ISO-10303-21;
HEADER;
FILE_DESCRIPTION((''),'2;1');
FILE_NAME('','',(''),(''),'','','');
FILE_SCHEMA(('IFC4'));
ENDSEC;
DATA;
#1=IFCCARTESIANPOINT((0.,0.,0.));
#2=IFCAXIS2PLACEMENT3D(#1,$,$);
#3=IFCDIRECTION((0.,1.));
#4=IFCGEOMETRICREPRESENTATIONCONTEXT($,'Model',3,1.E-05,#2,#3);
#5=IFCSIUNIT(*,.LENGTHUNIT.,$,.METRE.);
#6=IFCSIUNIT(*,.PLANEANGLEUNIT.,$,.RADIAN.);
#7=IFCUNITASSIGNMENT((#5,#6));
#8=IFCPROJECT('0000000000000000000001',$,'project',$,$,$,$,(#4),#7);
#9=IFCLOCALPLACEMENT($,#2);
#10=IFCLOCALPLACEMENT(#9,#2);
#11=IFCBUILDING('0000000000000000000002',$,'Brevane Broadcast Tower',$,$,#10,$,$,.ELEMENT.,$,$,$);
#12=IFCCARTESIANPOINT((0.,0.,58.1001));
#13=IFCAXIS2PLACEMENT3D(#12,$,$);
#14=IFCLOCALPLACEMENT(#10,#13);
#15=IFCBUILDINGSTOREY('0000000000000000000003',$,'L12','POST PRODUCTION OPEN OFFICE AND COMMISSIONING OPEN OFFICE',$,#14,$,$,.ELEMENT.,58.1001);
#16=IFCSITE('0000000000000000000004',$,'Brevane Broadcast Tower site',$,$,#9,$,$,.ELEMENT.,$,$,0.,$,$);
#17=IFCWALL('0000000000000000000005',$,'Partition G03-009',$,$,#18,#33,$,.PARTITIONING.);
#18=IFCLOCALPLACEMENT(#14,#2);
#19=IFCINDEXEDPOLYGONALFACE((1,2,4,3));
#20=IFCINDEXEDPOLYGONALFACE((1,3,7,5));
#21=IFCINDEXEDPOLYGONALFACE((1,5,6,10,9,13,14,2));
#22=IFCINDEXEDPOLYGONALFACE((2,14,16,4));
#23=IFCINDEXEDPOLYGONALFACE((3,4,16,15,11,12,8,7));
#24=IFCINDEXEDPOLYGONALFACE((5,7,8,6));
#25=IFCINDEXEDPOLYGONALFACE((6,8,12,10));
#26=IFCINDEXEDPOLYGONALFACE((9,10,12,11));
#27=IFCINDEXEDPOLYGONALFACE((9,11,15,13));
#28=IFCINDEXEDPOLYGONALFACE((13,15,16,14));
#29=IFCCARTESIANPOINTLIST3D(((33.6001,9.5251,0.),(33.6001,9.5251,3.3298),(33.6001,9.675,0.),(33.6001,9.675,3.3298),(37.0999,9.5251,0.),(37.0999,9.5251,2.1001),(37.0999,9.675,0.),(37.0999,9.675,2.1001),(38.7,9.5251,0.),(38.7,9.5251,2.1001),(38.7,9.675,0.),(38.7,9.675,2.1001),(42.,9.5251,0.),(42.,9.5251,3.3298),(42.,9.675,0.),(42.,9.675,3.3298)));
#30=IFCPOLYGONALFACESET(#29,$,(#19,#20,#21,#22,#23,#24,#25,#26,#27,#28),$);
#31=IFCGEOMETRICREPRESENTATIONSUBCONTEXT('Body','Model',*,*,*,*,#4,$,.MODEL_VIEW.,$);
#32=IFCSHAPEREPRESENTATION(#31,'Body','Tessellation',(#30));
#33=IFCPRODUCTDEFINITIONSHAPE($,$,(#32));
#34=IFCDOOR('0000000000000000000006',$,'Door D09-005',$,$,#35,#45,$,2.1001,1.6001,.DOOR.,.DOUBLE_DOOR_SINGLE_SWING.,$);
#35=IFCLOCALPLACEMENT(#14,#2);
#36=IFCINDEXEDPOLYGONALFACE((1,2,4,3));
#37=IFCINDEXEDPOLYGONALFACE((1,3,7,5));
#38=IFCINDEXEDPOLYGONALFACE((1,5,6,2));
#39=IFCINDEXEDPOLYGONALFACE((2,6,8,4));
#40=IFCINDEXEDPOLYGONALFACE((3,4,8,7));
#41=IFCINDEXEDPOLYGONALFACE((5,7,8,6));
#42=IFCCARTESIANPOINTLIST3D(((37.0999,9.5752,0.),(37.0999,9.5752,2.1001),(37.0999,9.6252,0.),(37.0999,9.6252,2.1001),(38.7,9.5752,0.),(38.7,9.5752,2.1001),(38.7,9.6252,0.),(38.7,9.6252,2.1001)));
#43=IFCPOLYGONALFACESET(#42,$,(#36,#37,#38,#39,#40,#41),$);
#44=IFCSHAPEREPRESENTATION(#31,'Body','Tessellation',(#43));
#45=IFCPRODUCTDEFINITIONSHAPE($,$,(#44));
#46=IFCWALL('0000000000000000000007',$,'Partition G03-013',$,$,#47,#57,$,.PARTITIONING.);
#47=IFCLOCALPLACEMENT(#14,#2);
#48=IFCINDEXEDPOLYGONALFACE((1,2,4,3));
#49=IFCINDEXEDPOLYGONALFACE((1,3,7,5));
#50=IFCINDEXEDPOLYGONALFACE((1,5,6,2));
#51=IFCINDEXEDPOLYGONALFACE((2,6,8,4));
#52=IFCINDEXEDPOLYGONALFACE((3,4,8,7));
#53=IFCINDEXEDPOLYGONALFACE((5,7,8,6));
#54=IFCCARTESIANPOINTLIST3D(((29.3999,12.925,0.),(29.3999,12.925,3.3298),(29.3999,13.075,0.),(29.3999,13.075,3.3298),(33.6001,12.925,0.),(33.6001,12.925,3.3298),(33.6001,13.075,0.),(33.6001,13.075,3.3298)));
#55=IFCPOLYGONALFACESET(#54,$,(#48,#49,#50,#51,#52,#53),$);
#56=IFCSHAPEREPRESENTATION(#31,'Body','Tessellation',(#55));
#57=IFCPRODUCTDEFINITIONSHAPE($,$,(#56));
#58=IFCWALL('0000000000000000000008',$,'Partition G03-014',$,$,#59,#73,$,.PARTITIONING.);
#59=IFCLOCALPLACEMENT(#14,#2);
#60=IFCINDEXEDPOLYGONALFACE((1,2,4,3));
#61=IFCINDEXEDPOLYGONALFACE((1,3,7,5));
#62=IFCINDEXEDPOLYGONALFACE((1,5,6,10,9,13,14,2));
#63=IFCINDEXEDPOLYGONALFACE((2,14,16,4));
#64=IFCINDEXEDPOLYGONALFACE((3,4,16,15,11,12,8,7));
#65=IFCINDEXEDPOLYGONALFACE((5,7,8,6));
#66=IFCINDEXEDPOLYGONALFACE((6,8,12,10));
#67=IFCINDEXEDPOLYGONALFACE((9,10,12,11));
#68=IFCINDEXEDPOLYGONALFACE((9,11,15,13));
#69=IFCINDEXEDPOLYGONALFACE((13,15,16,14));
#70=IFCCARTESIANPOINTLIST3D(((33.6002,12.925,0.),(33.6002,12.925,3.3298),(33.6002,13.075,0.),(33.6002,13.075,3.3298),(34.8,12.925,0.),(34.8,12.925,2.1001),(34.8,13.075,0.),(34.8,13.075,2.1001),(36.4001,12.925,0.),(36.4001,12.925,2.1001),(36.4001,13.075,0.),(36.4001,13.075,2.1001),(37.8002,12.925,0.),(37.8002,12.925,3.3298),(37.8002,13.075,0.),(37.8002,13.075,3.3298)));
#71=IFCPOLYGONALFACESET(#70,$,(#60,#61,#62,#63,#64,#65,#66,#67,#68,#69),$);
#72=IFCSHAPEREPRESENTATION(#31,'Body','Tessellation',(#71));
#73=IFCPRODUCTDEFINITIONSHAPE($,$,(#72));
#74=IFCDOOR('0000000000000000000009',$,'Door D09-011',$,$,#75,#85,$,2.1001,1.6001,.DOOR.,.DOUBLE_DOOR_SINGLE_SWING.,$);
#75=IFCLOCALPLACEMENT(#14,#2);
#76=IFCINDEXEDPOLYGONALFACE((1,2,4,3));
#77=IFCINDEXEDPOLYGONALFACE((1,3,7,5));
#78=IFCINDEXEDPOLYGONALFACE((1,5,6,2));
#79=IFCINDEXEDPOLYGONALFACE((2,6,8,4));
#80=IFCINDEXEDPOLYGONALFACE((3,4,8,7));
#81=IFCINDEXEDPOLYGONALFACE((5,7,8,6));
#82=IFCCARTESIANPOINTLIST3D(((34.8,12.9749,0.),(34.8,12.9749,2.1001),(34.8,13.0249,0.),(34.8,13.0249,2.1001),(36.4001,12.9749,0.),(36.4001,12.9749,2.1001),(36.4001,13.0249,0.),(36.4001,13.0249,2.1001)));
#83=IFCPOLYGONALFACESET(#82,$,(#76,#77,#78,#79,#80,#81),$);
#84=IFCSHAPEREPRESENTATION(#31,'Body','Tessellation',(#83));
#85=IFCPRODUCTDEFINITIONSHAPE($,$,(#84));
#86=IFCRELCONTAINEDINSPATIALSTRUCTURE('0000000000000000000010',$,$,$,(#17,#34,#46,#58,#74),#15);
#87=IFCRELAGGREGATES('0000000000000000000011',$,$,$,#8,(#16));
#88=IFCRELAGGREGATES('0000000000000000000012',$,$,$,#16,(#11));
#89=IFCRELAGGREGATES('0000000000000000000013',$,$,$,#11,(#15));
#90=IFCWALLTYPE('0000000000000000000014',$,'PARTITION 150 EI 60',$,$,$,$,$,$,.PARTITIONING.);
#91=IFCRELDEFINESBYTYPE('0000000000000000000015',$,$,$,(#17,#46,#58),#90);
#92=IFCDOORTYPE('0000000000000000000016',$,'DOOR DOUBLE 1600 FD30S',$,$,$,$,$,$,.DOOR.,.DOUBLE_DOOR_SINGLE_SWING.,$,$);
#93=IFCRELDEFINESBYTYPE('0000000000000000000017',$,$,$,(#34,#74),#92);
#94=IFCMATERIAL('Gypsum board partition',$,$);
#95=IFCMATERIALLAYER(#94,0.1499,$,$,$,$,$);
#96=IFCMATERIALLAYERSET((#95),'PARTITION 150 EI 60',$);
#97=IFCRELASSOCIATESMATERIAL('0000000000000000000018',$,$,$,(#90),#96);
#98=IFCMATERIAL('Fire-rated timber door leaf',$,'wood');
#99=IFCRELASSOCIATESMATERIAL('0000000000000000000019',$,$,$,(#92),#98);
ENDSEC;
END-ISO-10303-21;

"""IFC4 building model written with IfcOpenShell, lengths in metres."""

from ifc_helpers import new_model, si_unit, direction, frame, frame_2d, origin, place, context, subcontext, project, spatial, rectangle, extrude, material, layer, layer_set, type_object, element, fill, save


model = new_model("IFC4")

# Units and contexts
model_context = context("Model", 3, precision=1e-05, world=origin(), true_north=direction((0.0, 1.0)))
body_context = subcontext(model_context, "Body", "Model", "MODEL_VIEW")
ifc_project = project(units=[si_unit("LENGTHUNIT", "METRE"), si_unit("PLANEANGLEUNIT", "RADIAN")], contexts=[model_context])

# Site, building, storey
site_placement = place(None, origin())
site = spatial("IfcSite", under=ifc_project, at=site_placement, Name="Brevane Broadcast Tower site", CompositionType="ELEMENT", RefElevation=0.0)
building_placement = place(site_placement, origin())
building = spatial("IfcBuilding", under=site, at=building_placement, Name="Brevane Broadcast Tower", CompositionType="ELEMENT")
storey_placement = place(building_placement, frame((0.0, 0.0, 58.1001)))
storey = spatial("IfcBuildingStorey", under=building, at=storey_placement, Name="L12", Description="POST PRODUCTION OPEN OFFICE AND COMMISSIONING OPEN OFFICE", CompositionType="ELEMENT", Elevation=58.1001)

# Shared definitions
ifc_material_1 = material(Name="Gypsum board partition")
ifc_layer_1 = layer(ifc_material_1, 0.1499)
ifc_layer_set_1 = layer_set([ifc_layer_1], Name="PARTITION 150 EI 60")
wall_type_1 = type_object("IfcWallType", Name="PARTITION 150 EI 60", PredefinedType="PARTITIONING", material=ifc_layer_set_1)

# Wall, opening, door
ifc_material_2 = material(Name="Fire-rated timber door leaf", Category="wood")
door_type_1 = type_object("IfcDoorType", Name="DOOR DOUBLE 1600 FD30S", OperationType="DOUBLE_DOOR_SINGLE_SWING", PredefinedType="DOOR", material=ifc_material_2)
wall_1_placement = place(storey_placement, frame((42.0, 9.6001, 0.0), z_axis=(0.0, 0.0, 1.0), x_axis=(-1.0, 0.0, 0.0)))
wall_1 = element("IfcWall", 1, at=wall_1_placement, inside=storey, type_object=wall_type_1, Name="Partition G03-009", PredefinedType="PARTITIONING", context=body_context, shape_type="SweptSolid", body=[
    extrude(rectangle(XDim=8.3999, YDim=0.1499, at=frame_2d((4.2, 0.0))), origin(), (0.0, 0.0, 1.0), 3.3298),
])
opening_1_placement = place(wall_1_placement, frame((3.3, 0.0, 0.0)))
opening_1 = element("IfcOpeningElement", 2, at=opening_1_placement, cuts=wall_1, PredefinedType="OPENING", context=body_context, shape_type="SweptSolid", body=[
    extrude(rectangle(XDim=1.6001, YDim=2.1001, at=frame_2d((0.8, 1.05))), frame((0.0, 0.085, 0.0), z_axis=(0.0, -1.0, 0.0), x_axis=(1.0, 0.0, 0.0)), (0.0, 0.0, 1.0), 0.1699),
])
door_1_placement = place(opening_1_placement, origin())
door_1 = element("IfcDoor", 3, at=door_1_placement, inside=storey, type_object=door_type_1, Name="Door D09-005", OperationType="DOUBLE_DOOR_SINGLE_SWING", OverallHeight=2.1001, OverallWidth=1.6001, PredefinedType="DOOR", context=body_context, shape_type="SweptSolid", body=[
    extrude(rectangle(XDim=1.6001, YDim=2.1001, at=frame_2d((0.8, 1.05))), frame((0.0, 0.0249, 0.0), z_axis=(0.0, -1.0, 0.0), x_axis=(1.0, 0.0, 0.0)), (0.0, 0.0, 1.0), 0.05),
])
fill(opening_1, door_1)

# Wall
wall_2_placement = place(storey_placement, frame((29.3999, 13.0, 0.0), z_axis=(0.0, 0.0, 1.0), x_axis=(1.0, 0.0, 0.0)))
element("IfcWall", 4, at=wall_2_placement, inside=storey, type_object=wall_type_1, Name="Partition G03-013", PredefinedType="PARTITIONING", context=body_context, shape_type="SweptSolid", body=[
    extrude(rectangle(XDim=4.2002, YDim=0.1499, at=frame_2d((2.1001, 0.0))), origin(), (0.0, 0.0, 1.0), 3.3298),
])

# Wall, opening, door
wall_3_placement = place(storey_placement, frame((33.6001, 13.0, 0.0), z_axis=(0.0, 0.0, 1.0), x_axis=(1.0, 0.0, 0.0)))
wall_3 = element("IfcWall", 5, at=wall_3_placement, inside=storey, type_object=wall_type_1, Name="Partition G03-014", PredefinedType="PARTITIONING", context=body_context, shape_type="SweptSolid", body=[
    extrude(rectangle(XDim=4.2, YDim=0.1499, at=frame_2d((2.1001, 0.0))), origin(), (0.0, 0.0, 1.0), 3.3298),
])
opening_2_placement = place(wall_3_placement, frame((1.2, 0.0, 0.0)))
opening_2 = element("IfcOpeningElement", 6, at=opening_2_placement, cuts=wall_3, PredefinedType="OPENING", context=body_context, shape_type="SweptSolid", body=[
    extrude(rectangle(XDim=1.6001, YDim=2.1001, at=frame_2d((0.8, 1.05))), frame((0.0, 0.085, 0.0), z_axis=(0.0, -1.0, 0.0), x_axis=(1.0, 0.0, 0.0)), (0.0, 0.0, 1.0), 0.1699),
])
door_2_placement = place(opening_2_placement, origin())
door_2 = element("IfcDoor", 7, at=door_2_placement, inside=storey, type_object=door_type_1, Name="Door D09-011", OperationType="DOUBLE_DOOR_SINGLE_SWING", OverallHeight=2.1001, OverallWidth=1.6001, PredefinedType="DOOR", context=body_context, shape_type="SweptSolid", body=[
    extrude(rectangle(XDim=1.6001, YDim=2.1001, at=frame_2d((0.8, 1.05))), frame((0.0, 0.0249, 0.0), z_axis=(0.0, -1.0, 0.0), x_axis=(1.0, 0.0, 0.0)), (0.0, 0.0, 1.0), 0.05),
])
fill(opening_2, door_2)

save(model, "model.ifc")
